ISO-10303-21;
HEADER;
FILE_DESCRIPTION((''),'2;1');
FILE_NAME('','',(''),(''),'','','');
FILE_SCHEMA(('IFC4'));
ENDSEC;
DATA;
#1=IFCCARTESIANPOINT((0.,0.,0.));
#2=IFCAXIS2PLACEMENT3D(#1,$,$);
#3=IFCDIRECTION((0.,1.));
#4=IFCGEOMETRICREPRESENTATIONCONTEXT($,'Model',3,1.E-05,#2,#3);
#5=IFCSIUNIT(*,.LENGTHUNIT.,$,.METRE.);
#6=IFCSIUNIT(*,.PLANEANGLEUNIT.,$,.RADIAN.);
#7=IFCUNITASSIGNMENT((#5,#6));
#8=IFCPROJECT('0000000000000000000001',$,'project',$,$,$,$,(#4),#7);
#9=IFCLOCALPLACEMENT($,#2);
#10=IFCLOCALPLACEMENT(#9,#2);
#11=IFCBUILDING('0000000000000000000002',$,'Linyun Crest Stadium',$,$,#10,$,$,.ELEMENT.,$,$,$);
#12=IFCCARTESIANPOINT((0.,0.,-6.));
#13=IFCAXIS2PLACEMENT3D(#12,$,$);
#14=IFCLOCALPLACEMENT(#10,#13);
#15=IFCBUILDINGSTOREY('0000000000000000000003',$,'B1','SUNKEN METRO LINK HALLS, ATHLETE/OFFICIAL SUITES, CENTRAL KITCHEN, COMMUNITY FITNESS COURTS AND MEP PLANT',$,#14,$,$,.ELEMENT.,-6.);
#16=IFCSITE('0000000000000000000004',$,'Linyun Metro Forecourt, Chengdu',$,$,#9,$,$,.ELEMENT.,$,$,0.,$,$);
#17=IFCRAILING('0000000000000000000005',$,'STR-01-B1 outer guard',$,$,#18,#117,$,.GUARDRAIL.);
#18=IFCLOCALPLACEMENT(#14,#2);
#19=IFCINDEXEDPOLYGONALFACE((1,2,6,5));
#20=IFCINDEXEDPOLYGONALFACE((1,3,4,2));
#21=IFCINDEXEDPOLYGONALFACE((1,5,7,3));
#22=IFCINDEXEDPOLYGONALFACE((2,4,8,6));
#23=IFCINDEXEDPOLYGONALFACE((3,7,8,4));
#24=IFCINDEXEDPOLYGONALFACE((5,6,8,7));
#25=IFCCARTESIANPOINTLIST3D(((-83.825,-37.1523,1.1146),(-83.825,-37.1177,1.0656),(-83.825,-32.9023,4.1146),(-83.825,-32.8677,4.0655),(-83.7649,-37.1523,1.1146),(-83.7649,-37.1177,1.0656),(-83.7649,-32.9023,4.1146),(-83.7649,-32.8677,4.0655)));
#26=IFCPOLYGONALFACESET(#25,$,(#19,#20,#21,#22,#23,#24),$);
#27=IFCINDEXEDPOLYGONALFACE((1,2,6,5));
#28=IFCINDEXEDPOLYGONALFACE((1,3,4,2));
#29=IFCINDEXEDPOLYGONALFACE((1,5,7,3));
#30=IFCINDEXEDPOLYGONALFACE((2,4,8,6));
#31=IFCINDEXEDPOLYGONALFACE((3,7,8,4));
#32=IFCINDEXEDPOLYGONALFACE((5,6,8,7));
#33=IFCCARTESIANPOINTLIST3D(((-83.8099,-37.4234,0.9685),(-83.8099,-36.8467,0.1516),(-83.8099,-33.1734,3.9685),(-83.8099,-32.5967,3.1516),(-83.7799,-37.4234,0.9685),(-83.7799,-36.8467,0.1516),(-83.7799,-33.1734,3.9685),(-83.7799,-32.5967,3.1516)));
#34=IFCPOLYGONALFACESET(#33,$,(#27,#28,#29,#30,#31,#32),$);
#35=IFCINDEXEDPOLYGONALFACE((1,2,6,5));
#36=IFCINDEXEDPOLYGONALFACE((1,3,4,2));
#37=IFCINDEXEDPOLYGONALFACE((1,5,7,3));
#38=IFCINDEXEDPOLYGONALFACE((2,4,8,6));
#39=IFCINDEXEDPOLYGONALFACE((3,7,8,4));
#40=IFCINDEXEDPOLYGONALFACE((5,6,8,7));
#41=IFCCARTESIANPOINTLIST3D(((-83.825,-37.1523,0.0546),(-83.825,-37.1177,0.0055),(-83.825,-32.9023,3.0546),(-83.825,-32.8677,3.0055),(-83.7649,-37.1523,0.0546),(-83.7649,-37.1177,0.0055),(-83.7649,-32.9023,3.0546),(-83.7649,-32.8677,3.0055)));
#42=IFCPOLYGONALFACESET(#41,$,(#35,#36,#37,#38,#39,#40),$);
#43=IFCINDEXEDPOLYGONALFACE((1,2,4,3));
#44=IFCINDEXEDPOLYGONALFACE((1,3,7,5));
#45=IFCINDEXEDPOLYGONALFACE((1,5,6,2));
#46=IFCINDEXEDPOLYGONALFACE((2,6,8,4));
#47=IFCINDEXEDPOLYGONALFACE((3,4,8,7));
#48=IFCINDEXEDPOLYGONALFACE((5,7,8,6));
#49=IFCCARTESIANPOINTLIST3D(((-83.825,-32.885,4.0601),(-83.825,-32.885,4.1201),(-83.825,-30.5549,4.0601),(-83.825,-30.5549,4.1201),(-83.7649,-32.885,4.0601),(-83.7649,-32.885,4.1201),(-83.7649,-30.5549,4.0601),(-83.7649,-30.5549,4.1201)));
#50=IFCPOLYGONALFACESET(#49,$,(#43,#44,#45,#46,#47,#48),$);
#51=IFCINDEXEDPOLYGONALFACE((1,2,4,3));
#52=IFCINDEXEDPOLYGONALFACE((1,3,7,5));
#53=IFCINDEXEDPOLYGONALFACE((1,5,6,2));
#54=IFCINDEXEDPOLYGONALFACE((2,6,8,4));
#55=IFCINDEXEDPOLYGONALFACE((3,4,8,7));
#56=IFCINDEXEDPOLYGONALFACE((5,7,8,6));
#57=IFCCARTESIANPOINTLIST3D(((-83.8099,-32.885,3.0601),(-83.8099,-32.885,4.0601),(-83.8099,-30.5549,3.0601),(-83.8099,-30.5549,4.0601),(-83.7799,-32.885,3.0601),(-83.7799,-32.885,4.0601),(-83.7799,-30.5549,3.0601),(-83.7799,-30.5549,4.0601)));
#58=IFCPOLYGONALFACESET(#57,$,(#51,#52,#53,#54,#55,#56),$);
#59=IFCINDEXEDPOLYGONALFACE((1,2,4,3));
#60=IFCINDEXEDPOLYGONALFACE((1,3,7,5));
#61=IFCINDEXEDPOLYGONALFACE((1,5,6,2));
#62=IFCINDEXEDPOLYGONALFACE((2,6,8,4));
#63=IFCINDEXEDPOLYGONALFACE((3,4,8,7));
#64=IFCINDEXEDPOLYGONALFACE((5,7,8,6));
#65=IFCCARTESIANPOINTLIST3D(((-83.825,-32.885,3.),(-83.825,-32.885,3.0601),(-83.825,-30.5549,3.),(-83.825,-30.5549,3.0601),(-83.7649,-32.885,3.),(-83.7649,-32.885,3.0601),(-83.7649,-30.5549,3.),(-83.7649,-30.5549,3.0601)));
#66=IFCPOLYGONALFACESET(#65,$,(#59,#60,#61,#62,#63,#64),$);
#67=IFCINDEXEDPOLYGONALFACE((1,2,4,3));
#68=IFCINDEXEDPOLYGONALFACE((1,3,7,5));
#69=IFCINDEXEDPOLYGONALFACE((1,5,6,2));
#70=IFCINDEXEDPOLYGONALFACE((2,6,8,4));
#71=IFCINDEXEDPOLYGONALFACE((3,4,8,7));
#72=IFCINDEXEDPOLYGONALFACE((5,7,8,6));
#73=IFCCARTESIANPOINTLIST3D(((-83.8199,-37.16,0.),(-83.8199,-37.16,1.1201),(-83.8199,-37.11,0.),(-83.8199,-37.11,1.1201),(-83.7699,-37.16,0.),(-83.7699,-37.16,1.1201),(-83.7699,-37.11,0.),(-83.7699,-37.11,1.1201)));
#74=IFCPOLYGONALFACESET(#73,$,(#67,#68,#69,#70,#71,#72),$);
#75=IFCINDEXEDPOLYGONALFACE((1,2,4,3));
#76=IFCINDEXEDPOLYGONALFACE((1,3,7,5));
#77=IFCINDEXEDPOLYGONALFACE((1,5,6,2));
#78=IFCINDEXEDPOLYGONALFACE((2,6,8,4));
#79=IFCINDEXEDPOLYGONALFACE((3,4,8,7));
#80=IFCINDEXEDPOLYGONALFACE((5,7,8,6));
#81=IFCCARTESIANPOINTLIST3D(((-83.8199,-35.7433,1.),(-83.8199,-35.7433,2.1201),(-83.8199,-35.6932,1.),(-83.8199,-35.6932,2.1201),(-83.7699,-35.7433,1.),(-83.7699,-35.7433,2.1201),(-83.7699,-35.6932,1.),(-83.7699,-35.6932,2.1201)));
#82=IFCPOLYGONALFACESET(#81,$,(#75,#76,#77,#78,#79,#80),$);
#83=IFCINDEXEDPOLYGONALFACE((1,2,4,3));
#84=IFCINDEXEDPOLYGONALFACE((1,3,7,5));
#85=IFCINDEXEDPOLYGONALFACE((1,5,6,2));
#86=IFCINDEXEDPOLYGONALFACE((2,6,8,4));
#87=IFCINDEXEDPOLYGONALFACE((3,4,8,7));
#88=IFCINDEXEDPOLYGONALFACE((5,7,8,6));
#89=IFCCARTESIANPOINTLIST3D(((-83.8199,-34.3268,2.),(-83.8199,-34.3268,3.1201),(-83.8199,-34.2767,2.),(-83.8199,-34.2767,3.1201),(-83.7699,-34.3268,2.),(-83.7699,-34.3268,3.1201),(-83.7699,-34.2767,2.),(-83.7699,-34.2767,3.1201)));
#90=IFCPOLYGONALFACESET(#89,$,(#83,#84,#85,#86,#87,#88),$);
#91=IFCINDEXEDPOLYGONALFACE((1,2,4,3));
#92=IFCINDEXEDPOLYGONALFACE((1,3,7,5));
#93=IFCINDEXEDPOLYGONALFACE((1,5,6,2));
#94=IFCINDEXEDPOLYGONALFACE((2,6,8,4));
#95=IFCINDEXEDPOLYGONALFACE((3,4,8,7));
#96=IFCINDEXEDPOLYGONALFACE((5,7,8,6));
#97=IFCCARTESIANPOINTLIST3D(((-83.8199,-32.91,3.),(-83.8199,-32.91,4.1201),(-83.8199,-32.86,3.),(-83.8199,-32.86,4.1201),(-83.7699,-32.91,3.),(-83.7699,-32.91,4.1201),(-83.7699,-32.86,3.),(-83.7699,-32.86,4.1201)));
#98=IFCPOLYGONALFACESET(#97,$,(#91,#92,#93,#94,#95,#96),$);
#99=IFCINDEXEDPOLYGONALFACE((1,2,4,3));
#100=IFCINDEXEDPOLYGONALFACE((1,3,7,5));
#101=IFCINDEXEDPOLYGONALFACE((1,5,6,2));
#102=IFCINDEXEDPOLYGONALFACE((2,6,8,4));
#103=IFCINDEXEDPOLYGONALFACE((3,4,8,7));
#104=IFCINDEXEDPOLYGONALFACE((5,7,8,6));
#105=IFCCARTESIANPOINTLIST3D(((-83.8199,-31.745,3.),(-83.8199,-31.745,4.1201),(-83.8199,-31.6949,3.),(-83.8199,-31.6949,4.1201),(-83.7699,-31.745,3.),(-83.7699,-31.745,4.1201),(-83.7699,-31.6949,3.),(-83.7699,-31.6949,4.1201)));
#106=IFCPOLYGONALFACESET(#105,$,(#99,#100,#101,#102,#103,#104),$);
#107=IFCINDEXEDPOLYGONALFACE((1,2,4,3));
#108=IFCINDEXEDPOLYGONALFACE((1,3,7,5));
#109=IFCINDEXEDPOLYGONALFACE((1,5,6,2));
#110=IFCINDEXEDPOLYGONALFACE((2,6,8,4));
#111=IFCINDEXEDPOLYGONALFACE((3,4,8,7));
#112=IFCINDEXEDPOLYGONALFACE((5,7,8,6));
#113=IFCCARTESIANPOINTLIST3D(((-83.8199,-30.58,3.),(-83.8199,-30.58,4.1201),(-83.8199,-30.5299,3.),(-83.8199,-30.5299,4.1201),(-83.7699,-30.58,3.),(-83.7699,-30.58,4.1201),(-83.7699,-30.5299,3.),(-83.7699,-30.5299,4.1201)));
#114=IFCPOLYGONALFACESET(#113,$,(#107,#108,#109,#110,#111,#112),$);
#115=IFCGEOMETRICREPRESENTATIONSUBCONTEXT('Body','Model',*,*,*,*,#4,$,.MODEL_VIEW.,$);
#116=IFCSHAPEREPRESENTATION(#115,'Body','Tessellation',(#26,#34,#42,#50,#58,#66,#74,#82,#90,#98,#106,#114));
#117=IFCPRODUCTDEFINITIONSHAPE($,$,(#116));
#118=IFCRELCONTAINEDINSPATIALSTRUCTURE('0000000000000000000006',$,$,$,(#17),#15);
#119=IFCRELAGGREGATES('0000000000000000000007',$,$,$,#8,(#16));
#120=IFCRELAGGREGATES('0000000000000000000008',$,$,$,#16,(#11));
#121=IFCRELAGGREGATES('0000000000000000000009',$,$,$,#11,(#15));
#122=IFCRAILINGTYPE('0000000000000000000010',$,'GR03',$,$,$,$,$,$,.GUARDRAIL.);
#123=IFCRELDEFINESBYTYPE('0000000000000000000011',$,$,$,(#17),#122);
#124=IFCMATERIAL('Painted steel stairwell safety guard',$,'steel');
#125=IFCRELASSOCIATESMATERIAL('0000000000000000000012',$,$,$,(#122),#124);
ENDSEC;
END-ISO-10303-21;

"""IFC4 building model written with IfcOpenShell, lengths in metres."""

from ifc_helpers import new_model, si_unit, direction, frame, origin, origin_2d, place, context, subcontext, project, spatial, rectangle, extrude, material, type_object, element, save


model = new_model("IFC4")

# Units and contexts
model_context = context("Model", 3, precision=1e-05, world=origin(), true_north=direction((0.0, 1.0)))
body_context = subcontext(model_context, "Body", "Model", "MODEL_VIEW")
ifc_project = project(units=[si_unit("LENGTHUNIT", "METRE"), si_unit("PLANEANGLEUNIT", "RADIAN")], contexts=[model_context])

# Site, building, storey
site_placement = place(None, origin())
site = spatial("IfcSite", under=ifc_project, at=site_placement, Name="Linyun Metro Forecourt, Chengdu", CompositionType="ELEMENT", RefElevation=0.0)
building_placement = place(site_placement, origin())
building = spatial("IfcBuilding", under=site, at=building_placement, Name="Linyun Crest Stadium", CompositionType="ELEMENT")
storey_placement = place(building_placement, frame((0.0, 0.0, -6.0)))
storey = spatial("IfcBuildingStorey", under=building, at=storey_placement, Name="B1", Description="SUNKEN METRO LINK HALLS, ATHLETE/OFFICIAL SUITES, CENTRAL KITCHEN, COMMUNITY FITNESS COURTS AND MEP PLANT", CompositionType="ELEMENT", Elevation=-6.0)

# Railing
ifc_material_1 = material(Name="Painted steel stairwell safety guard", Category="steel")
railing_type_1 = type_object("IfcRailingType", Name="GR03", PredefinedType="GUARDRAIL", material=ifc_material_1)
railing_1_placement = place(storey_placement, frame((-83.7949, -37.135, 0.0)))
element("IfcRailing", 1, at=railing_1_placement, inside=storey, type_object=railing_type_1, Name="STR-01-B1 outer guard", PredefinedType="GUARDRAIL", context=body_context, shape_type="SweptSolid", body=[
    extrude(rectangle(XDim=0.0601, YDim=0.0601, at=origin_2d()), frame((0.0, 0.0, 1.0901), z_axis=(0.0, 0.816968, 0.576683), x_axis=(-1.0, 0.0, 0.0)), (0.0, 0.0, 1.0), 5.2021),
    extrude(rectangle(XDim=0.03, YDim=1.0, at=origin_2d()), frame((0.0, 0.0, 0.5601), z_axis=(0.0, 0.816968, 0.576683), x_axis=(-1.0, 0.0, 0.0)), (0.0, 0.0, 1.0), 5.2021),
    extrude(rectangle(XDim=0.0601, YDim=0.0601, at=origin_2d()), frame((0.0, 0.0, 0.03), z_axis=(0.0, 0.816968, 0.576683), x_axis=(-1.0, 0.0, 0.0)), (0.0, 0.0, 1.0), 5.2021),
    extrude(rectangle(XDim=0.0601, YDim=0.0601, at=origin_2d()), frame((0.0, 4.25, 4.0901), z_axis=(0.0, 1.0, 0.0), x_axis=(-1.0, 0.0, 0.0)), (0.0, 0.0, 1.0), 2.3301),
    extrude(rectangle(XDim=0.03, YDim=1.0, at=origin_2d()), frame((0.0, 4.25, 3.5601), z_axis=(0.0, 1.0, 0.0), x_axis=(-1.0, 0.0, 0.0)), (0.0, 0.0, 1.0), 2.3301),
    extrude(rectangle(XDim=0.0601, YDim=0.0601, at=origin_2d()), frame((0.0, 4.25, 3.03), z_axis=(0.0, 1.0, 0.0), x_axis=(-1.0, 0.0, 0.0)), (0.0, 0.0, 1.0), 2.3301),
    extrude(rectangle(XDim=0.05, YDim=0.05, at=origin_2d()), origin(), (0.0, 0.0, 1.0), 1.1201),
    extrude(rectangle(XDim=0.05, YDim=0.05, at=origin_2d()), frame((0.0, 1.4167, 1.0)), (0.0, 0.0, 1.0), 1.1201),
    extrude(rectangle(XDim=0.05, YDim=0.05, at=origin_2d()), frame((0.0, 2.8333, 2.0)), (0.0, 0.0, 1.0), 1.1201),
    extrude(rectangle(XDim=0.05, YDim=0.05, at=origin_2d()), frame((0.0, 4.25, 3.0)), (0.0, 0.0, 1.0), 1.1201),
    extrude(rectangle(XDim=0.05, YDim=0.05, at=origin_2d()), frame((0.0, 5.415, 3.0)), (0.0, 0.0, 1.0), 1.1201),
    extrude(rectangle(XDim=0.05, YDim=0.05, at=origin_2d()), frame((0.0, 6.5801, 3.0)), (0.0, 0.0, 1.0), 1.1201),
])

save(model, "model.ifc")
